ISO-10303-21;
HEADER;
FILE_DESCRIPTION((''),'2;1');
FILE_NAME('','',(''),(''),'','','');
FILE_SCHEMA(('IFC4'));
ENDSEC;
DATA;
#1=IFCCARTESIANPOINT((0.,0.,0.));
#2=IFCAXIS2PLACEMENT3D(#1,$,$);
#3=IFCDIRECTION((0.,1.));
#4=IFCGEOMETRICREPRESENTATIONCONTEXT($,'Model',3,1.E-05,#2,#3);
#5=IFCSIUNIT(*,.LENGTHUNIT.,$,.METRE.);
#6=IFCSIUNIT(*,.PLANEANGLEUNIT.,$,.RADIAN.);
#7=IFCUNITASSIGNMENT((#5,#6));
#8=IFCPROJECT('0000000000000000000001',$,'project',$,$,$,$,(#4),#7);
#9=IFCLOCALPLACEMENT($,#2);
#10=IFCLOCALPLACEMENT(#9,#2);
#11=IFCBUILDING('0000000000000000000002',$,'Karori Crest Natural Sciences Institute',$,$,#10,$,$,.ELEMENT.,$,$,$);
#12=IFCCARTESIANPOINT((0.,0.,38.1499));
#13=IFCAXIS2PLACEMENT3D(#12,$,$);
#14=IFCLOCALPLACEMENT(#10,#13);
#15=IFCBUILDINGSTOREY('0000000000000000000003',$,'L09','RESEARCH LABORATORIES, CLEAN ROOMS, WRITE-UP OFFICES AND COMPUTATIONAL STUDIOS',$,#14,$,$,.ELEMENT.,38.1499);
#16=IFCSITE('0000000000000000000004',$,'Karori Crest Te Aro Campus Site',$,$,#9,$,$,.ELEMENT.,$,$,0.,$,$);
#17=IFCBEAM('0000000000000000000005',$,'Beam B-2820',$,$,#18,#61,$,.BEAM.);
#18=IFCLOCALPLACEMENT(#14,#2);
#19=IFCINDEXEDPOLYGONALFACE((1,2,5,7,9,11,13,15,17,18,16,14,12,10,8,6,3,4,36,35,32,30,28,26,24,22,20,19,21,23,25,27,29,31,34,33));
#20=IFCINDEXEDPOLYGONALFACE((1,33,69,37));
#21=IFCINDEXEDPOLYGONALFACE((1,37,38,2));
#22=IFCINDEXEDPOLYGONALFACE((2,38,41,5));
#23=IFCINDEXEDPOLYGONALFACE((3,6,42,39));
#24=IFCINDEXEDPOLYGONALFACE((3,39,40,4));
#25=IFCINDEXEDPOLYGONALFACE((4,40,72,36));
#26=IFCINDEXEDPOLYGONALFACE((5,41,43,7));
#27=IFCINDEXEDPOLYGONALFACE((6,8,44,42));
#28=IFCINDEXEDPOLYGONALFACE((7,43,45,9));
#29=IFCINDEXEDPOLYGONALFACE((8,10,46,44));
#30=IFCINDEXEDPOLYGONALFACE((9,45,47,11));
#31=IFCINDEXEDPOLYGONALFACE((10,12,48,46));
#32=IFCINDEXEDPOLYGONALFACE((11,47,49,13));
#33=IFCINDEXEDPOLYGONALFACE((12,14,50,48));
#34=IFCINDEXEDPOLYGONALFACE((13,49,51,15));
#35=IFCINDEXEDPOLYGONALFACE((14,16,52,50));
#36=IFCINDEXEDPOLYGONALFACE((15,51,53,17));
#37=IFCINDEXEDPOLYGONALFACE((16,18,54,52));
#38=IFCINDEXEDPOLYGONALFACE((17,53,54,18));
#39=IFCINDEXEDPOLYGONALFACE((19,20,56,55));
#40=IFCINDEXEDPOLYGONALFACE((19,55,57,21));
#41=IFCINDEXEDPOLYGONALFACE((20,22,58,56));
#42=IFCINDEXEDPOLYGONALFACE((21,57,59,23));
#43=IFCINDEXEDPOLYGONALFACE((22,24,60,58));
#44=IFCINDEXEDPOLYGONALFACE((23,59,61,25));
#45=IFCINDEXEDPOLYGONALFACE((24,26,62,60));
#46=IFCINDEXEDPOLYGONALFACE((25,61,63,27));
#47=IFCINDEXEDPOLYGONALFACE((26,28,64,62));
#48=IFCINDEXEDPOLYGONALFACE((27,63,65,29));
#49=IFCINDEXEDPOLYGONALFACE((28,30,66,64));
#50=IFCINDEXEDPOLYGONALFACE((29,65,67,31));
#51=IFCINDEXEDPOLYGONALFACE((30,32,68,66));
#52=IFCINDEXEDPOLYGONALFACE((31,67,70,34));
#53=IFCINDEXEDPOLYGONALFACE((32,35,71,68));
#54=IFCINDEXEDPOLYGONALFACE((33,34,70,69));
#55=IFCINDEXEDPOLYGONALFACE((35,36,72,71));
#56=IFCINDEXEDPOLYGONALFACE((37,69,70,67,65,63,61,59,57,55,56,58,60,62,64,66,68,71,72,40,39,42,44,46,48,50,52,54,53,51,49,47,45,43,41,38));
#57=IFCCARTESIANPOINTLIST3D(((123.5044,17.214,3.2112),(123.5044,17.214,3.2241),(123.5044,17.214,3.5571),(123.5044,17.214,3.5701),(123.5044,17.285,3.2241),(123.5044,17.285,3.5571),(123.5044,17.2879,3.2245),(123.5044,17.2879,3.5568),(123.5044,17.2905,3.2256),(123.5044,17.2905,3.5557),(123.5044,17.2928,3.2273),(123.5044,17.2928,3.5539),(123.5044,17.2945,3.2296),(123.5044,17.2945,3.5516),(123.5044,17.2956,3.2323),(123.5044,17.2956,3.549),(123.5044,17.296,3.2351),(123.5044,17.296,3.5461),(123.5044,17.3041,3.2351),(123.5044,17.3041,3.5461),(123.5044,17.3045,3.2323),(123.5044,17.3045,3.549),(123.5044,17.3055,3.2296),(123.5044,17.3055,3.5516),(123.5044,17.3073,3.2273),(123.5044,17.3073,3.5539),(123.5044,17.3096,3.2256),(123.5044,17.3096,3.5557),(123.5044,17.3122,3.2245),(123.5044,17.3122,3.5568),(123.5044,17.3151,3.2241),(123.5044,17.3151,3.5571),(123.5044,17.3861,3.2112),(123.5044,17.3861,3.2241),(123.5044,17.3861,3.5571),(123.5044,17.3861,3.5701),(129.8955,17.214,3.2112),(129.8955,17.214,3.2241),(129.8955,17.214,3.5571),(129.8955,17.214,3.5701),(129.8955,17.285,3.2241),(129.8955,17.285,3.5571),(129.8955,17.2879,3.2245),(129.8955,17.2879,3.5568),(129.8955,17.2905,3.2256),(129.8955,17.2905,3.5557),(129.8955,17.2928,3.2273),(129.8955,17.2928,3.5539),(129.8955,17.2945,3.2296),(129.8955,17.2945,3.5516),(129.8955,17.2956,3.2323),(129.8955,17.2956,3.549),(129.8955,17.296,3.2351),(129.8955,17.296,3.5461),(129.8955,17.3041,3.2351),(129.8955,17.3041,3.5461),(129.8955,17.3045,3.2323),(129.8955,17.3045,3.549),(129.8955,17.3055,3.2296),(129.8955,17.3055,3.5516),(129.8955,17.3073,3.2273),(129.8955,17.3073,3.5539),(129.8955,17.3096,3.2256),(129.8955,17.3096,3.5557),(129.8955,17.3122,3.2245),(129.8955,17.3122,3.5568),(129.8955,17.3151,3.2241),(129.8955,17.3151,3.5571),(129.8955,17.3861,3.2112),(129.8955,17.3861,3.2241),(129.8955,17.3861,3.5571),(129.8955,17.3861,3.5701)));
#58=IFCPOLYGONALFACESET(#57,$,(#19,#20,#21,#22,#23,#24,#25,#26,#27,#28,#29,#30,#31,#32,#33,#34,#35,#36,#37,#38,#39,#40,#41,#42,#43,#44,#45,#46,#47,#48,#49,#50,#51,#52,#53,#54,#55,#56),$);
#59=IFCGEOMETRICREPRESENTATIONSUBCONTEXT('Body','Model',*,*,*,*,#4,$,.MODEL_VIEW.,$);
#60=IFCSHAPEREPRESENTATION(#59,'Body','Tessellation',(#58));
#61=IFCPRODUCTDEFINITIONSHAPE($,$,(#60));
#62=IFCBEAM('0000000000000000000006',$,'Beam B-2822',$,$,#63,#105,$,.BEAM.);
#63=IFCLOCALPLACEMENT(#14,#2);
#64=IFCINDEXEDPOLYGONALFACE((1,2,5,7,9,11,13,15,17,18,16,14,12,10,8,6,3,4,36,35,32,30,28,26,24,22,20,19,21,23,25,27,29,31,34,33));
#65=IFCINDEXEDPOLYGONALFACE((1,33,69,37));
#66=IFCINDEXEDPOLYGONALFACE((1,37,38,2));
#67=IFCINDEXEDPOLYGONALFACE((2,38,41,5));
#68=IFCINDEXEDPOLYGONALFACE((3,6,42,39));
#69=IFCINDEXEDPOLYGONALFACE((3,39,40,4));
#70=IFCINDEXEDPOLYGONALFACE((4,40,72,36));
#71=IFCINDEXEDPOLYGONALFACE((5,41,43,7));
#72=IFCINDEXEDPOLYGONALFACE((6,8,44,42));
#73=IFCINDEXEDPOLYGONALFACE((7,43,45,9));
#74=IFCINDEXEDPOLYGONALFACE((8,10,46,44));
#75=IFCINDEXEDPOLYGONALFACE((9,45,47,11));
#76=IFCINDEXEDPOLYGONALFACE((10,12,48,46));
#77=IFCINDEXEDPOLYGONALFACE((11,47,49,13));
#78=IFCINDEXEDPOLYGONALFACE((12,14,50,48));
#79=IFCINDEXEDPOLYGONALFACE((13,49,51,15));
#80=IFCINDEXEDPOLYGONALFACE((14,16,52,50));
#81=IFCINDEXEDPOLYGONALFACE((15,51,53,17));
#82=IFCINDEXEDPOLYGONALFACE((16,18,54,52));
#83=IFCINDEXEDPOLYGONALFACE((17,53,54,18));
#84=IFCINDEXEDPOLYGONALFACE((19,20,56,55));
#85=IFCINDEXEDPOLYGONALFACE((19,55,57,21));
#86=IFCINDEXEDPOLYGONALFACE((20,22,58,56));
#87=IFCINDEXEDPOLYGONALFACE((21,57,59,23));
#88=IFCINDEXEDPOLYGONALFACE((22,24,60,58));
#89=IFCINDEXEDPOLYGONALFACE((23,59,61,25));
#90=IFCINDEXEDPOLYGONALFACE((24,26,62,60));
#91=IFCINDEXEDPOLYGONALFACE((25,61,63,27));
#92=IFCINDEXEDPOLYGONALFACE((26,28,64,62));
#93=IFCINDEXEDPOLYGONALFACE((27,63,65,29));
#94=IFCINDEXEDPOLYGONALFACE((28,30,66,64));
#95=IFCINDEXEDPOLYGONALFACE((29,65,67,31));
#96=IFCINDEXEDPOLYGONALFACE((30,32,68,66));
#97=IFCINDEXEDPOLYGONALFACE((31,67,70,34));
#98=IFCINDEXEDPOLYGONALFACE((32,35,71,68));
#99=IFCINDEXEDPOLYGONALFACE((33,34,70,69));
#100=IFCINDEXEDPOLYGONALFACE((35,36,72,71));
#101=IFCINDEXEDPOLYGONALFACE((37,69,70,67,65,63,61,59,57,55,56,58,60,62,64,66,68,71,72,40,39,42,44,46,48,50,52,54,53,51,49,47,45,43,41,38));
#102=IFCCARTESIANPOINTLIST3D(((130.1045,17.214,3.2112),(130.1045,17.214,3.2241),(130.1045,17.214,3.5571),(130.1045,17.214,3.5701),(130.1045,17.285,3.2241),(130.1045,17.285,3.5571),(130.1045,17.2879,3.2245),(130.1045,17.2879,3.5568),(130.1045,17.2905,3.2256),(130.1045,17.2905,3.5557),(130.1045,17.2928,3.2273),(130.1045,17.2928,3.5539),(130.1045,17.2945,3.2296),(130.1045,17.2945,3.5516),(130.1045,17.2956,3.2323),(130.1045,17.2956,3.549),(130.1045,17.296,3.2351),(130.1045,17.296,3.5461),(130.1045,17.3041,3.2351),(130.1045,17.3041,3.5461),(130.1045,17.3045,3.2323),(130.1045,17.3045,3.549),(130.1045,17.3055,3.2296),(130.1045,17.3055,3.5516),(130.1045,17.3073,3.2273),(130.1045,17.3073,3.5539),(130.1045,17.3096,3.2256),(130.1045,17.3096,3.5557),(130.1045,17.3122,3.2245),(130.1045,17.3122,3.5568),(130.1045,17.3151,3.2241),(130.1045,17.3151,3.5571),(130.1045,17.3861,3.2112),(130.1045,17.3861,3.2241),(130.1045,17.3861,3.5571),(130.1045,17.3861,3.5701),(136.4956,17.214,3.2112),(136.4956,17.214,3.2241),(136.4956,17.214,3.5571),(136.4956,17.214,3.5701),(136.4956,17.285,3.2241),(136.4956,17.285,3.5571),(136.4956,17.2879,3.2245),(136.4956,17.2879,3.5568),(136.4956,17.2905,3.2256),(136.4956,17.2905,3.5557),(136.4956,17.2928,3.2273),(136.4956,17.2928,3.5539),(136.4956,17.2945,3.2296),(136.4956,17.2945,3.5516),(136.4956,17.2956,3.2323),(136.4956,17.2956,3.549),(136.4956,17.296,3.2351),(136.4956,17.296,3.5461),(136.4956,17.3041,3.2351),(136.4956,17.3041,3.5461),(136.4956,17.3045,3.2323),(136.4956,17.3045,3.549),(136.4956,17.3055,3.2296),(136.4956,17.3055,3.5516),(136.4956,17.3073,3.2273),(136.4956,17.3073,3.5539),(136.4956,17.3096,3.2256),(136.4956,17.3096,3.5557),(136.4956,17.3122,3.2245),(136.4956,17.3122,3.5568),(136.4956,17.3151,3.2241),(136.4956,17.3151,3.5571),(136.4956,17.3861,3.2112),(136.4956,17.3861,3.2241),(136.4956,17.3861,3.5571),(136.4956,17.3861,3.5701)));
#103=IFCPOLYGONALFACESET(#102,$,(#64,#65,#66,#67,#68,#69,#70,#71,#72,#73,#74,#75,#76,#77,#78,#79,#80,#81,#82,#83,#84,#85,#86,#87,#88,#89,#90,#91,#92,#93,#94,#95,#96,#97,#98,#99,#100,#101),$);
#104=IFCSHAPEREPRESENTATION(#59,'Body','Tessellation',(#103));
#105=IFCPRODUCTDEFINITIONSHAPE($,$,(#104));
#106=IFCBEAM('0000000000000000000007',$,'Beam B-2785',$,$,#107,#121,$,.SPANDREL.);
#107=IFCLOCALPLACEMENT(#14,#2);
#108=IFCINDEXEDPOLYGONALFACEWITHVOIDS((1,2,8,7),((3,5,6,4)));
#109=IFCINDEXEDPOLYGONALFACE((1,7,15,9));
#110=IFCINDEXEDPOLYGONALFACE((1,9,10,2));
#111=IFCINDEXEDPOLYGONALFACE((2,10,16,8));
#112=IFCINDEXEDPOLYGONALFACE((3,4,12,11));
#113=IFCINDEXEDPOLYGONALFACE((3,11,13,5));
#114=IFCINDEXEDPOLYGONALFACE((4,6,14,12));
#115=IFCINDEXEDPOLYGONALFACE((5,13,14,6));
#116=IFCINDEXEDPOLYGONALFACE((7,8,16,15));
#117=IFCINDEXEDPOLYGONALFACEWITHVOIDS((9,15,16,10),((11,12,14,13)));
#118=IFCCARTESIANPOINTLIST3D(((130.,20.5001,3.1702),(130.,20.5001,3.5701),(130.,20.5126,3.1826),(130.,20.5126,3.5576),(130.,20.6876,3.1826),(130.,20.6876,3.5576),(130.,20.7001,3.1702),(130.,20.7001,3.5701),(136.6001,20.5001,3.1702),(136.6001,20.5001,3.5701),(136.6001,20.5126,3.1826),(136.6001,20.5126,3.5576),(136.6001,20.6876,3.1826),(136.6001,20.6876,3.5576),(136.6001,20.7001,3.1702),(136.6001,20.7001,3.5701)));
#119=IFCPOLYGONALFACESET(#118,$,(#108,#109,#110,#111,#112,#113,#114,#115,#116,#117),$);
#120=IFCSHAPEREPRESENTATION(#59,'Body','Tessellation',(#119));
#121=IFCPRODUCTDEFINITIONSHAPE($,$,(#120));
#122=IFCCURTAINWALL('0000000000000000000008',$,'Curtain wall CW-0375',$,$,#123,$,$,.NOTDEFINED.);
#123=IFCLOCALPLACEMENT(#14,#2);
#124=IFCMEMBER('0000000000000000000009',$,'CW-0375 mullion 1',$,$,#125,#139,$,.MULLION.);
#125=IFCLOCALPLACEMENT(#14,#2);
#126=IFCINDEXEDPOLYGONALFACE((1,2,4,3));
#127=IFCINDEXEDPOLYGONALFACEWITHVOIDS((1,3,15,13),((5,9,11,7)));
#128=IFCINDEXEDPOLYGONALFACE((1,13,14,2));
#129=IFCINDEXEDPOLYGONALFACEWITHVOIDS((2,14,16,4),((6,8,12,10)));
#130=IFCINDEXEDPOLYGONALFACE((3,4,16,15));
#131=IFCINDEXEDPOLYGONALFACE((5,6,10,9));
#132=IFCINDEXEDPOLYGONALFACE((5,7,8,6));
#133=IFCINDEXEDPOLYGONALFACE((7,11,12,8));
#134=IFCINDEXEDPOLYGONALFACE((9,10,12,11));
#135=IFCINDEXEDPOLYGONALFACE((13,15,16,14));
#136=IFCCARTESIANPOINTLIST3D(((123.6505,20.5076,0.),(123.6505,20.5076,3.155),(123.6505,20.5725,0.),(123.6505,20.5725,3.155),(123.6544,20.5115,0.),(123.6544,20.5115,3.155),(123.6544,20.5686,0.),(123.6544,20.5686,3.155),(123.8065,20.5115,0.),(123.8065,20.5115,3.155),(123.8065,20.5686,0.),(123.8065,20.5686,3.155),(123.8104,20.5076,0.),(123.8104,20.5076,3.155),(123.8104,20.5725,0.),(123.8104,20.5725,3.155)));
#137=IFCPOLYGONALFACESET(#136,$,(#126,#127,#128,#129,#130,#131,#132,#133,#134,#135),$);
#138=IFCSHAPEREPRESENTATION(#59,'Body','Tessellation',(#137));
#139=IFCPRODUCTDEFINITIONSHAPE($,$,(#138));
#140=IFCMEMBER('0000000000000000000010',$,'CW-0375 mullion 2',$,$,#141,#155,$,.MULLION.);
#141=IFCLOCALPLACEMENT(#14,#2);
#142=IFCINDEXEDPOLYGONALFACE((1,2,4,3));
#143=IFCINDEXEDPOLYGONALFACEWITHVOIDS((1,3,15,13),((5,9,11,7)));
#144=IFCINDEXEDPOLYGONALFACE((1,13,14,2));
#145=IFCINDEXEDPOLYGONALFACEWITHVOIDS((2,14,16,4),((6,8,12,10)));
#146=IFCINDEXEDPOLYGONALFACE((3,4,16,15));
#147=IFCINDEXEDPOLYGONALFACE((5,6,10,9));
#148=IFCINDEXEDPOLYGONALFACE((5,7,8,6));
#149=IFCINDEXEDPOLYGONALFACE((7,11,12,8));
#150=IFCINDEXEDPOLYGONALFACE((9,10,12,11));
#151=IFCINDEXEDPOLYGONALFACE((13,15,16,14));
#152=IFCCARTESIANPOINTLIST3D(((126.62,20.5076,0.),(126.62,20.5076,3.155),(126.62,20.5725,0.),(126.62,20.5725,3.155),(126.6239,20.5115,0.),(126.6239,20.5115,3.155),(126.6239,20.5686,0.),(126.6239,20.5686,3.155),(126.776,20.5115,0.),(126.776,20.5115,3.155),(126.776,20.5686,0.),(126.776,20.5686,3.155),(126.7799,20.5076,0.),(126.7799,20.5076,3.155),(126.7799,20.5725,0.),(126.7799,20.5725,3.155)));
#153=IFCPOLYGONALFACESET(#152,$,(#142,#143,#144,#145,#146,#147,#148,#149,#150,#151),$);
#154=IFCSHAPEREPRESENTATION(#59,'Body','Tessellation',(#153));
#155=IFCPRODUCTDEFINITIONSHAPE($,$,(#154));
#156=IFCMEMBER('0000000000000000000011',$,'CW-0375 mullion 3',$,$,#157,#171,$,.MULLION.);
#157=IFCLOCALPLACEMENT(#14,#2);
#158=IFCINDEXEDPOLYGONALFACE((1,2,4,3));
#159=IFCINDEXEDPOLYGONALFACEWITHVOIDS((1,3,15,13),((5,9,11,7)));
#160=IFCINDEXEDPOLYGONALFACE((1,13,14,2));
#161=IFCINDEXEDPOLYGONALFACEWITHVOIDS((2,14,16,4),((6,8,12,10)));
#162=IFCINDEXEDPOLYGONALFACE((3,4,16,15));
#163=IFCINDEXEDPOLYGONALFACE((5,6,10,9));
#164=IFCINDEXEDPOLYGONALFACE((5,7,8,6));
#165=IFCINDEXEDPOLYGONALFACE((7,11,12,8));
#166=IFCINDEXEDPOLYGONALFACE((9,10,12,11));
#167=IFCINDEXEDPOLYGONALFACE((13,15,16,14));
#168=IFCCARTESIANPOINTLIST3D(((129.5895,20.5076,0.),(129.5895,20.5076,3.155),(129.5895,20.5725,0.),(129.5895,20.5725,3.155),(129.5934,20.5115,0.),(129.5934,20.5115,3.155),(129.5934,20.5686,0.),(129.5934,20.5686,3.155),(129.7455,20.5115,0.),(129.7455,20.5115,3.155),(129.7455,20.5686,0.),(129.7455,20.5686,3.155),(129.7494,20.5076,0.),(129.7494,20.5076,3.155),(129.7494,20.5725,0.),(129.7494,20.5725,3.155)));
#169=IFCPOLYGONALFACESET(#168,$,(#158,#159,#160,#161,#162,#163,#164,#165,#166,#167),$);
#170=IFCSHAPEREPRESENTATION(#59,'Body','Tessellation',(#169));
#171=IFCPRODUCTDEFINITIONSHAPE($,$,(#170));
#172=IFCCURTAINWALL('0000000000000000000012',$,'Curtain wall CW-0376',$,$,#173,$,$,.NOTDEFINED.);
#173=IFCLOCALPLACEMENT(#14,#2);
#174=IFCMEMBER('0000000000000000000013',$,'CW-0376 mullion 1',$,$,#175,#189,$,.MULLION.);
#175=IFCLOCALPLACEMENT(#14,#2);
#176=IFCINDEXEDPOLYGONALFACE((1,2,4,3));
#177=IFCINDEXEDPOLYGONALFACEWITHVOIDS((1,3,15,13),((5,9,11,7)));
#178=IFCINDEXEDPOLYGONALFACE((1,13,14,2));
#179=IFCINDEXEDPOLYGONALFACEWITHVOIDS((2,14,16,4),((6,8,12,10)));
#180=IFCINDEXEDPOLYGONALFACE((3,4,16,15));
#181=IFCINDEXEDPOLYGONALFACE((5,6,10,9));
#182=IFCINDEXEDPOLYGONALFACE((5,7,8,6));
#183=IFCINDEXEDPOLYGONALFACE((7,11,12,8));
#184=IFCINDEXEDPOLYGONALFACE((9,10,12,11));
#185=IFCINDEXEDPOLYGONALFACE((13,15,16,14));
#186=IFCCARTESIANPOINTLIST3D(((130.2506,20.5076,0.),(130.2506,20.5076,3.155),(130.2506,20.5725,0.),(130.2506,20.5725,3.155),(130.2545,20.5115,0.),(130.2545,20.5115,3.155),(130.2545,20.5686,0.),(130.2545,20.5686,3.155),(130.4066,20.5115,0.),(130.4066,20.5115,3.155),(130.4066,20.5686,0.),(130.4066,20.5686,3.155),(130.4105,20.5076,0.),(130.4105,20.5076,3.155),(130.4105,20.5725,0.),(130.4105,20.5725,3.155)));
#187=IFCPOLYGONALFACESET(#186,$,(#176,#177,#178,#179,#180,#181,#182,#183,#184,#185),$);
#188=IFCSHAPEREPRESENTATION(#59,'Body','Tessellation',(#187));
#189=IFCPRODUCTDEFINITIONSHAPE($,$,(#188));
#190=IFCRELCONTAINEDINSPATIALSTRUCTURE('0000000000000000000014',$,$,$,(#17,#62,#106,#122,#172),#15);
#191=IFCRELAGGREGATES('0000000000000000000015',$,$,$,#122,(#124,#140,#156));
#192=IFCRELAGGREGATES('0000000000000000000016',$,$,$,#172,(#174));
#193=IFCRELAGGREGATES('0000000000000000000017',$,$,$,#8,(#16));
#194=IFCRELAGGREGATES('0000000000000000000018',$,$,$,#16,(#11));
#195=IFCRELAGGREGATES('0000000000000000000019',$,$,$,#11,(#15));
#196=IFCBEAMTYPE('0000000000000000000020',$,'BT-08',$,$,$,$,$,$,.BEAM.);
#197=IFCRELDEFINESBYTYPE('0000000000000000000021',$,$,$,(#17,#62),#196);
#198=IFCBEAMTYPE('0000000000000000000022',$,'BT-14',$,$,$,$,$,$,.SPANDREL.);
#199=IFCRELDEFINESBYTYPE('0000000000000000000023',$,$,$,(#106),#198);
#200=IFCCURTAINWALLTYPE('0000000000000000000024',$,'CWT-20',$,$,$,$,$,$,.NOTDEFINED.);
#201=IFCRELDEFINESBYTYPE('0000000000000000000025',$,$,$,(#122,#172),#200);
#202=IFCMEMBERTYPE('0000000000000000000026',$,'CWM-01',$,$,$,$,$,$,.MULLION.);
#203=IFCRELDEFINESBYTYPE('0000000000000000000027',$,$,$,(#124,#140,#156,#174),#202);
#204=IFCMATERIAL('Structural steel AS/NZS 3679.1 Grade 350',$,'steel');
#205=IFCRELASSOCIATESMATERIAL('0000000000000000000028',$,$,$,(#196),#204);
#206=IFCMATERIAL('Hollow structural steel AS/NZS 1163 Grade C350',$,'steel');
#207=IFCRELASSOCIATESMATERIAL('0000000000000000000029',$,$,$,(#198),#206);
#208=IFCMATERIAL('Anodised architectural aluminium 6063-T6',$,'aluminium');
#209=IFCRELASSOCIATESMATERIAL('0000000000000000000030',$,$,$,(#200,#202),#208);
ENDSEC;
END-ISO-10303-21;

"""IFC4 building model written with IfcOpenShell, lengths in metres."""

from ifc_helpers import new_model, si_unit, direction, frame, origin, origin_2d, place, context, subcontext, project, spatial, hollow_rectangle, i_section, extrude, material, material_profile, profile_set, type_object, element, aggregate, save


model = new_model("IFC4")

# Units and contexts
model_context = context("Model", 3, precision=1e-05, world=origin(), true_north=direction((0.0, 1.0)))
body_context = subcontext(model_context, "Body", "Model", "MODEL_VIEW")
ifc_project = project(units=[si_unit("LENGTHUNIT", "METRE"), si_unit("PLANEANGLEUNIT", "RADIAN")], contexts=[model_context])

# Site, building, storey
site_placement = place(None, origin())
site = spatial("IfcSite", under=ifc_project, at=site_placement, Name="Karori Crest Te Aro Campus Site", CompositionType="ELEMENT", RefElevation=0.0)
building_placement = place(site_placement, origin())
building = spatial("IfcBuilding", under=site, at=building_placement, Name="Karori Crest Natural Sciences Institute", CompositionType="ELEMENT")
storey_placement = place(building_placement, frame((0.0, 0.0, 38.1499)))
storey = spatial("IfcBuildingStorey", under=building, at=storey_placement, Name="L09", Description="RESEARCH LABORATORIES, CLEAN ROOMS, WRITE-UP OFFICES AND COMPUTATIONAL STUDIOS", CompositionType="ELEMENT", Elevation=38.1499)

# Shared definitions
ifc_material_1 = material(Name="Structural steel AS/NZS 3679.1 Grade 350", Category="steel")

# Beams
ifc_material_profile_1 = material_profile(ifc_material_1, i_section(OverallWidth=0.1721, OverallDepth=0.3589, WebThickness=0.0081, FlangeThickness=0.0129, FilletRadius=0.011, at=origin_2d()), Name="360UB56.7")
ifc_profile_set_1 = profile_set([ifc_material_profile_1], Name="Structural steel AS/NZS 3679.1 Grade 350")
beam_type_1 = type_object("IfcBeamType", Name="BT-08", PredefinedType="BEAM", material=ifc_profile_set_1)
for number, where, z_axis, x_axis, name in (
    (1, (123.5044, 17.3, 3.3906), (1.0, 0.0, 0.0), (0.0, 1.0, 0.0), "Beam B-2820"),
    (2, (130.1045, 17.3, 3.3906), (1.0, 0.0, 0.0), (0.0, 1.0, 0.0), "Beam B-2822"),
):
    element("IfcBeam", number, at=place(storey_placement, frame(where, z_axis=z_axis, x_axis=x_axis)), inside=storey, type_object=beam_type_1, Name=name, PredefinedType="BEAM", context=body_context, shape_type="SweptSolid", body=[
        extrude(i_section(OverallWidth=0.1721, OverallDepth=0.3589, WebThickness=0.0081, FlangeThickness=0.0129, FilletRadius=0.011, at=origin_2d()), origin(), (0.0, 0.0, 1.0), 6.3911),
    ])
ifc_material_2 = material(Name="Hollow structural steel AS/NZS 1163 Grade C350", Category="steel")
ifc_material_profile_2 = material_profile(ifc_material_2, hollow_rectangle(XDim=0.2, YDim=0.3999, WallThickness=0.0125, at=origin_2d()), Name="RHS400x200x12.5")
ifc_profile_set_2 = profile_set([ifc_material_profile_2], Name="Hollow structural steel AS/NZS 1163 Grade C350")
beam_type_2 = type_object("IfcBeamType", Name="BT-14", PredefinedType="SPANDREL", material=ifc_profile_set_2)
beam_1_placement = place(storey_placement, frame((130.0, 20.6001, 3.3701), z_axis=(1.0, 0.0, 0.0), x_axis=(0.0, 1.0, 0.0)))
element("IfcBeam", 3, at=beam_1_placement, inside=storey, type_object=beam_type_2, Name="Beam B-2785", PredefinedType="SPANDREL", context=body_context, shape_type="SweptSolid", body=[
    extrude(hollow_rectangle(XDim=0.2, YDim=0.3999, WallThickness=0.0125, at=origin_2d()), origin(), (0.0, 0.0, 1.0), 6.6001),
])

# Curtain walls, members
ifc_material_3 = material(Name="Anodised architectural aluminium 6063-T6", Category="aluminium")
curtain_wall_type = type_object("IfcCurtainWallType", Name="CWT-20", PredefinedType="NOTDEFINED", material=ifc_material_3)
curtain_wall_1_placement = place(storey_placement, origin())
curtain_wall_1 = element("IfcCurtainWall", 4, at=curtain_wall_1_placement, inside=storey, type_object=curtain_wall_type, Name="Curtain wall CW-0375", PredefinedType="NOTDEFINED")
ifc_material_profile_3 = material_profile(ifc_material_3, hollow_rectangle(XDim=0.0649, YDim=0.1599, WallThickness=0.0039, at=origin_2d()), Name="CWM160x65x4")
ifc_profile_set_3 = profile_set([ifc_material_profile_3], Name="Anodised architectural aluminium 6063-T6")
member_type_1 = type_object("IfcMemberType", Name="CWM-01", PredefinedType="MULLION", material=ifc_profile_set_3)
member_1_placement = place(storey_placement, frame((123.7305, 20.54, 0.0), z_axis=(0.0, 0.0, 1.0), x_axis=(0.0, 1.0, 0.0)))
member_1 = element("IfcMember", 5, at=member_1_placement, type_object=member_type_1, Name="CW-0375 mullion 1", PredefinedType="MULLION", context=body_context, shape_type="SweptSolid", body=[
    extrude(hollow_rectangle(XDim=0.0649, YDim=0.1599, WallThickness=0.0039, at=origin_2d()), origin(), (0.0, 0.0, 1.0), 3.155),
])
member_2_placement = place(storey_placement, frame((126.7, 20.54, 0.0), z_axis=(0.0, 0.0, 1.0), x_axis=(0.0, 1.0, 0.0)))
member_2 = element("IfcMember", 6, at=member_2_placement, type_object=member_type_1, Name="CW-0375 mullion 2", PredefinedType="MULLION", context=body_context, shape_type="SweptSolid", body=[
    extrude(hollow_rectangle(XDim=0.0649, YDim=0.1599, WallThickness=0.0039, at=origin_2d()), origin(), (0.0, 0.0, 1.0), 3.155),
])
member_3_placement = place(storey_placement, frame((129.6694, 20.54, 0.0), z_axis=(0.0, 0.0, 1.0), x_axis=(0.0, 1.0, 0.0)))
member_3 = element("IfcMember", 7, at=member_3_placement, type_object=member_type_1, Name="CW-0375 mullion 3", PredefinedType="MULLION", context=body_context, shape_type="SweptSolid", body=[
    extrude(hollow_rectangle(XDim=0.0649, YDim=0.1599, WallThickness=0.0039, at=origin_2d()), origin(), (0.0, 0.0, 1.0), 3.155),
])
curtain_wall_2_placement = place(storey_placement, origin())
curtain_wall_2 = element("IfcCurtainWall", 8, at=curtain_wall_2_placement, inside=storey, type_object=curtain_wall_type, Name="Curtain wall CW-0376", PredefinedType="NOTDEFINED")
member_4_placement = place(storey_placement, frame((130.3306, 20.54, 0.0), z_axis=(0.0, 0.0, 1.0), x_axis=(0.0, 1.0, 0.0)))
member_4 = element("IfcMember", 9, at=member_4_placement, type_object=member_type_1, Name="CW-0376 mullion 1", PredefinedType="MULLION", context=body_context, shape_type="SweptSolid", body=[
    extrude(hollow_rectangle(XDim=0.0649, YDim=0.1599, WallThickness=0.0039, at=origin_2d()), origin(), (0.0, 0.0, 1.0), 3.155),
])

aggregate(curtain_wall_1, [member_1, member_2, member_3])
aggregate(curtain_wall_2, [member_4])

save(model, "model.ifc")
